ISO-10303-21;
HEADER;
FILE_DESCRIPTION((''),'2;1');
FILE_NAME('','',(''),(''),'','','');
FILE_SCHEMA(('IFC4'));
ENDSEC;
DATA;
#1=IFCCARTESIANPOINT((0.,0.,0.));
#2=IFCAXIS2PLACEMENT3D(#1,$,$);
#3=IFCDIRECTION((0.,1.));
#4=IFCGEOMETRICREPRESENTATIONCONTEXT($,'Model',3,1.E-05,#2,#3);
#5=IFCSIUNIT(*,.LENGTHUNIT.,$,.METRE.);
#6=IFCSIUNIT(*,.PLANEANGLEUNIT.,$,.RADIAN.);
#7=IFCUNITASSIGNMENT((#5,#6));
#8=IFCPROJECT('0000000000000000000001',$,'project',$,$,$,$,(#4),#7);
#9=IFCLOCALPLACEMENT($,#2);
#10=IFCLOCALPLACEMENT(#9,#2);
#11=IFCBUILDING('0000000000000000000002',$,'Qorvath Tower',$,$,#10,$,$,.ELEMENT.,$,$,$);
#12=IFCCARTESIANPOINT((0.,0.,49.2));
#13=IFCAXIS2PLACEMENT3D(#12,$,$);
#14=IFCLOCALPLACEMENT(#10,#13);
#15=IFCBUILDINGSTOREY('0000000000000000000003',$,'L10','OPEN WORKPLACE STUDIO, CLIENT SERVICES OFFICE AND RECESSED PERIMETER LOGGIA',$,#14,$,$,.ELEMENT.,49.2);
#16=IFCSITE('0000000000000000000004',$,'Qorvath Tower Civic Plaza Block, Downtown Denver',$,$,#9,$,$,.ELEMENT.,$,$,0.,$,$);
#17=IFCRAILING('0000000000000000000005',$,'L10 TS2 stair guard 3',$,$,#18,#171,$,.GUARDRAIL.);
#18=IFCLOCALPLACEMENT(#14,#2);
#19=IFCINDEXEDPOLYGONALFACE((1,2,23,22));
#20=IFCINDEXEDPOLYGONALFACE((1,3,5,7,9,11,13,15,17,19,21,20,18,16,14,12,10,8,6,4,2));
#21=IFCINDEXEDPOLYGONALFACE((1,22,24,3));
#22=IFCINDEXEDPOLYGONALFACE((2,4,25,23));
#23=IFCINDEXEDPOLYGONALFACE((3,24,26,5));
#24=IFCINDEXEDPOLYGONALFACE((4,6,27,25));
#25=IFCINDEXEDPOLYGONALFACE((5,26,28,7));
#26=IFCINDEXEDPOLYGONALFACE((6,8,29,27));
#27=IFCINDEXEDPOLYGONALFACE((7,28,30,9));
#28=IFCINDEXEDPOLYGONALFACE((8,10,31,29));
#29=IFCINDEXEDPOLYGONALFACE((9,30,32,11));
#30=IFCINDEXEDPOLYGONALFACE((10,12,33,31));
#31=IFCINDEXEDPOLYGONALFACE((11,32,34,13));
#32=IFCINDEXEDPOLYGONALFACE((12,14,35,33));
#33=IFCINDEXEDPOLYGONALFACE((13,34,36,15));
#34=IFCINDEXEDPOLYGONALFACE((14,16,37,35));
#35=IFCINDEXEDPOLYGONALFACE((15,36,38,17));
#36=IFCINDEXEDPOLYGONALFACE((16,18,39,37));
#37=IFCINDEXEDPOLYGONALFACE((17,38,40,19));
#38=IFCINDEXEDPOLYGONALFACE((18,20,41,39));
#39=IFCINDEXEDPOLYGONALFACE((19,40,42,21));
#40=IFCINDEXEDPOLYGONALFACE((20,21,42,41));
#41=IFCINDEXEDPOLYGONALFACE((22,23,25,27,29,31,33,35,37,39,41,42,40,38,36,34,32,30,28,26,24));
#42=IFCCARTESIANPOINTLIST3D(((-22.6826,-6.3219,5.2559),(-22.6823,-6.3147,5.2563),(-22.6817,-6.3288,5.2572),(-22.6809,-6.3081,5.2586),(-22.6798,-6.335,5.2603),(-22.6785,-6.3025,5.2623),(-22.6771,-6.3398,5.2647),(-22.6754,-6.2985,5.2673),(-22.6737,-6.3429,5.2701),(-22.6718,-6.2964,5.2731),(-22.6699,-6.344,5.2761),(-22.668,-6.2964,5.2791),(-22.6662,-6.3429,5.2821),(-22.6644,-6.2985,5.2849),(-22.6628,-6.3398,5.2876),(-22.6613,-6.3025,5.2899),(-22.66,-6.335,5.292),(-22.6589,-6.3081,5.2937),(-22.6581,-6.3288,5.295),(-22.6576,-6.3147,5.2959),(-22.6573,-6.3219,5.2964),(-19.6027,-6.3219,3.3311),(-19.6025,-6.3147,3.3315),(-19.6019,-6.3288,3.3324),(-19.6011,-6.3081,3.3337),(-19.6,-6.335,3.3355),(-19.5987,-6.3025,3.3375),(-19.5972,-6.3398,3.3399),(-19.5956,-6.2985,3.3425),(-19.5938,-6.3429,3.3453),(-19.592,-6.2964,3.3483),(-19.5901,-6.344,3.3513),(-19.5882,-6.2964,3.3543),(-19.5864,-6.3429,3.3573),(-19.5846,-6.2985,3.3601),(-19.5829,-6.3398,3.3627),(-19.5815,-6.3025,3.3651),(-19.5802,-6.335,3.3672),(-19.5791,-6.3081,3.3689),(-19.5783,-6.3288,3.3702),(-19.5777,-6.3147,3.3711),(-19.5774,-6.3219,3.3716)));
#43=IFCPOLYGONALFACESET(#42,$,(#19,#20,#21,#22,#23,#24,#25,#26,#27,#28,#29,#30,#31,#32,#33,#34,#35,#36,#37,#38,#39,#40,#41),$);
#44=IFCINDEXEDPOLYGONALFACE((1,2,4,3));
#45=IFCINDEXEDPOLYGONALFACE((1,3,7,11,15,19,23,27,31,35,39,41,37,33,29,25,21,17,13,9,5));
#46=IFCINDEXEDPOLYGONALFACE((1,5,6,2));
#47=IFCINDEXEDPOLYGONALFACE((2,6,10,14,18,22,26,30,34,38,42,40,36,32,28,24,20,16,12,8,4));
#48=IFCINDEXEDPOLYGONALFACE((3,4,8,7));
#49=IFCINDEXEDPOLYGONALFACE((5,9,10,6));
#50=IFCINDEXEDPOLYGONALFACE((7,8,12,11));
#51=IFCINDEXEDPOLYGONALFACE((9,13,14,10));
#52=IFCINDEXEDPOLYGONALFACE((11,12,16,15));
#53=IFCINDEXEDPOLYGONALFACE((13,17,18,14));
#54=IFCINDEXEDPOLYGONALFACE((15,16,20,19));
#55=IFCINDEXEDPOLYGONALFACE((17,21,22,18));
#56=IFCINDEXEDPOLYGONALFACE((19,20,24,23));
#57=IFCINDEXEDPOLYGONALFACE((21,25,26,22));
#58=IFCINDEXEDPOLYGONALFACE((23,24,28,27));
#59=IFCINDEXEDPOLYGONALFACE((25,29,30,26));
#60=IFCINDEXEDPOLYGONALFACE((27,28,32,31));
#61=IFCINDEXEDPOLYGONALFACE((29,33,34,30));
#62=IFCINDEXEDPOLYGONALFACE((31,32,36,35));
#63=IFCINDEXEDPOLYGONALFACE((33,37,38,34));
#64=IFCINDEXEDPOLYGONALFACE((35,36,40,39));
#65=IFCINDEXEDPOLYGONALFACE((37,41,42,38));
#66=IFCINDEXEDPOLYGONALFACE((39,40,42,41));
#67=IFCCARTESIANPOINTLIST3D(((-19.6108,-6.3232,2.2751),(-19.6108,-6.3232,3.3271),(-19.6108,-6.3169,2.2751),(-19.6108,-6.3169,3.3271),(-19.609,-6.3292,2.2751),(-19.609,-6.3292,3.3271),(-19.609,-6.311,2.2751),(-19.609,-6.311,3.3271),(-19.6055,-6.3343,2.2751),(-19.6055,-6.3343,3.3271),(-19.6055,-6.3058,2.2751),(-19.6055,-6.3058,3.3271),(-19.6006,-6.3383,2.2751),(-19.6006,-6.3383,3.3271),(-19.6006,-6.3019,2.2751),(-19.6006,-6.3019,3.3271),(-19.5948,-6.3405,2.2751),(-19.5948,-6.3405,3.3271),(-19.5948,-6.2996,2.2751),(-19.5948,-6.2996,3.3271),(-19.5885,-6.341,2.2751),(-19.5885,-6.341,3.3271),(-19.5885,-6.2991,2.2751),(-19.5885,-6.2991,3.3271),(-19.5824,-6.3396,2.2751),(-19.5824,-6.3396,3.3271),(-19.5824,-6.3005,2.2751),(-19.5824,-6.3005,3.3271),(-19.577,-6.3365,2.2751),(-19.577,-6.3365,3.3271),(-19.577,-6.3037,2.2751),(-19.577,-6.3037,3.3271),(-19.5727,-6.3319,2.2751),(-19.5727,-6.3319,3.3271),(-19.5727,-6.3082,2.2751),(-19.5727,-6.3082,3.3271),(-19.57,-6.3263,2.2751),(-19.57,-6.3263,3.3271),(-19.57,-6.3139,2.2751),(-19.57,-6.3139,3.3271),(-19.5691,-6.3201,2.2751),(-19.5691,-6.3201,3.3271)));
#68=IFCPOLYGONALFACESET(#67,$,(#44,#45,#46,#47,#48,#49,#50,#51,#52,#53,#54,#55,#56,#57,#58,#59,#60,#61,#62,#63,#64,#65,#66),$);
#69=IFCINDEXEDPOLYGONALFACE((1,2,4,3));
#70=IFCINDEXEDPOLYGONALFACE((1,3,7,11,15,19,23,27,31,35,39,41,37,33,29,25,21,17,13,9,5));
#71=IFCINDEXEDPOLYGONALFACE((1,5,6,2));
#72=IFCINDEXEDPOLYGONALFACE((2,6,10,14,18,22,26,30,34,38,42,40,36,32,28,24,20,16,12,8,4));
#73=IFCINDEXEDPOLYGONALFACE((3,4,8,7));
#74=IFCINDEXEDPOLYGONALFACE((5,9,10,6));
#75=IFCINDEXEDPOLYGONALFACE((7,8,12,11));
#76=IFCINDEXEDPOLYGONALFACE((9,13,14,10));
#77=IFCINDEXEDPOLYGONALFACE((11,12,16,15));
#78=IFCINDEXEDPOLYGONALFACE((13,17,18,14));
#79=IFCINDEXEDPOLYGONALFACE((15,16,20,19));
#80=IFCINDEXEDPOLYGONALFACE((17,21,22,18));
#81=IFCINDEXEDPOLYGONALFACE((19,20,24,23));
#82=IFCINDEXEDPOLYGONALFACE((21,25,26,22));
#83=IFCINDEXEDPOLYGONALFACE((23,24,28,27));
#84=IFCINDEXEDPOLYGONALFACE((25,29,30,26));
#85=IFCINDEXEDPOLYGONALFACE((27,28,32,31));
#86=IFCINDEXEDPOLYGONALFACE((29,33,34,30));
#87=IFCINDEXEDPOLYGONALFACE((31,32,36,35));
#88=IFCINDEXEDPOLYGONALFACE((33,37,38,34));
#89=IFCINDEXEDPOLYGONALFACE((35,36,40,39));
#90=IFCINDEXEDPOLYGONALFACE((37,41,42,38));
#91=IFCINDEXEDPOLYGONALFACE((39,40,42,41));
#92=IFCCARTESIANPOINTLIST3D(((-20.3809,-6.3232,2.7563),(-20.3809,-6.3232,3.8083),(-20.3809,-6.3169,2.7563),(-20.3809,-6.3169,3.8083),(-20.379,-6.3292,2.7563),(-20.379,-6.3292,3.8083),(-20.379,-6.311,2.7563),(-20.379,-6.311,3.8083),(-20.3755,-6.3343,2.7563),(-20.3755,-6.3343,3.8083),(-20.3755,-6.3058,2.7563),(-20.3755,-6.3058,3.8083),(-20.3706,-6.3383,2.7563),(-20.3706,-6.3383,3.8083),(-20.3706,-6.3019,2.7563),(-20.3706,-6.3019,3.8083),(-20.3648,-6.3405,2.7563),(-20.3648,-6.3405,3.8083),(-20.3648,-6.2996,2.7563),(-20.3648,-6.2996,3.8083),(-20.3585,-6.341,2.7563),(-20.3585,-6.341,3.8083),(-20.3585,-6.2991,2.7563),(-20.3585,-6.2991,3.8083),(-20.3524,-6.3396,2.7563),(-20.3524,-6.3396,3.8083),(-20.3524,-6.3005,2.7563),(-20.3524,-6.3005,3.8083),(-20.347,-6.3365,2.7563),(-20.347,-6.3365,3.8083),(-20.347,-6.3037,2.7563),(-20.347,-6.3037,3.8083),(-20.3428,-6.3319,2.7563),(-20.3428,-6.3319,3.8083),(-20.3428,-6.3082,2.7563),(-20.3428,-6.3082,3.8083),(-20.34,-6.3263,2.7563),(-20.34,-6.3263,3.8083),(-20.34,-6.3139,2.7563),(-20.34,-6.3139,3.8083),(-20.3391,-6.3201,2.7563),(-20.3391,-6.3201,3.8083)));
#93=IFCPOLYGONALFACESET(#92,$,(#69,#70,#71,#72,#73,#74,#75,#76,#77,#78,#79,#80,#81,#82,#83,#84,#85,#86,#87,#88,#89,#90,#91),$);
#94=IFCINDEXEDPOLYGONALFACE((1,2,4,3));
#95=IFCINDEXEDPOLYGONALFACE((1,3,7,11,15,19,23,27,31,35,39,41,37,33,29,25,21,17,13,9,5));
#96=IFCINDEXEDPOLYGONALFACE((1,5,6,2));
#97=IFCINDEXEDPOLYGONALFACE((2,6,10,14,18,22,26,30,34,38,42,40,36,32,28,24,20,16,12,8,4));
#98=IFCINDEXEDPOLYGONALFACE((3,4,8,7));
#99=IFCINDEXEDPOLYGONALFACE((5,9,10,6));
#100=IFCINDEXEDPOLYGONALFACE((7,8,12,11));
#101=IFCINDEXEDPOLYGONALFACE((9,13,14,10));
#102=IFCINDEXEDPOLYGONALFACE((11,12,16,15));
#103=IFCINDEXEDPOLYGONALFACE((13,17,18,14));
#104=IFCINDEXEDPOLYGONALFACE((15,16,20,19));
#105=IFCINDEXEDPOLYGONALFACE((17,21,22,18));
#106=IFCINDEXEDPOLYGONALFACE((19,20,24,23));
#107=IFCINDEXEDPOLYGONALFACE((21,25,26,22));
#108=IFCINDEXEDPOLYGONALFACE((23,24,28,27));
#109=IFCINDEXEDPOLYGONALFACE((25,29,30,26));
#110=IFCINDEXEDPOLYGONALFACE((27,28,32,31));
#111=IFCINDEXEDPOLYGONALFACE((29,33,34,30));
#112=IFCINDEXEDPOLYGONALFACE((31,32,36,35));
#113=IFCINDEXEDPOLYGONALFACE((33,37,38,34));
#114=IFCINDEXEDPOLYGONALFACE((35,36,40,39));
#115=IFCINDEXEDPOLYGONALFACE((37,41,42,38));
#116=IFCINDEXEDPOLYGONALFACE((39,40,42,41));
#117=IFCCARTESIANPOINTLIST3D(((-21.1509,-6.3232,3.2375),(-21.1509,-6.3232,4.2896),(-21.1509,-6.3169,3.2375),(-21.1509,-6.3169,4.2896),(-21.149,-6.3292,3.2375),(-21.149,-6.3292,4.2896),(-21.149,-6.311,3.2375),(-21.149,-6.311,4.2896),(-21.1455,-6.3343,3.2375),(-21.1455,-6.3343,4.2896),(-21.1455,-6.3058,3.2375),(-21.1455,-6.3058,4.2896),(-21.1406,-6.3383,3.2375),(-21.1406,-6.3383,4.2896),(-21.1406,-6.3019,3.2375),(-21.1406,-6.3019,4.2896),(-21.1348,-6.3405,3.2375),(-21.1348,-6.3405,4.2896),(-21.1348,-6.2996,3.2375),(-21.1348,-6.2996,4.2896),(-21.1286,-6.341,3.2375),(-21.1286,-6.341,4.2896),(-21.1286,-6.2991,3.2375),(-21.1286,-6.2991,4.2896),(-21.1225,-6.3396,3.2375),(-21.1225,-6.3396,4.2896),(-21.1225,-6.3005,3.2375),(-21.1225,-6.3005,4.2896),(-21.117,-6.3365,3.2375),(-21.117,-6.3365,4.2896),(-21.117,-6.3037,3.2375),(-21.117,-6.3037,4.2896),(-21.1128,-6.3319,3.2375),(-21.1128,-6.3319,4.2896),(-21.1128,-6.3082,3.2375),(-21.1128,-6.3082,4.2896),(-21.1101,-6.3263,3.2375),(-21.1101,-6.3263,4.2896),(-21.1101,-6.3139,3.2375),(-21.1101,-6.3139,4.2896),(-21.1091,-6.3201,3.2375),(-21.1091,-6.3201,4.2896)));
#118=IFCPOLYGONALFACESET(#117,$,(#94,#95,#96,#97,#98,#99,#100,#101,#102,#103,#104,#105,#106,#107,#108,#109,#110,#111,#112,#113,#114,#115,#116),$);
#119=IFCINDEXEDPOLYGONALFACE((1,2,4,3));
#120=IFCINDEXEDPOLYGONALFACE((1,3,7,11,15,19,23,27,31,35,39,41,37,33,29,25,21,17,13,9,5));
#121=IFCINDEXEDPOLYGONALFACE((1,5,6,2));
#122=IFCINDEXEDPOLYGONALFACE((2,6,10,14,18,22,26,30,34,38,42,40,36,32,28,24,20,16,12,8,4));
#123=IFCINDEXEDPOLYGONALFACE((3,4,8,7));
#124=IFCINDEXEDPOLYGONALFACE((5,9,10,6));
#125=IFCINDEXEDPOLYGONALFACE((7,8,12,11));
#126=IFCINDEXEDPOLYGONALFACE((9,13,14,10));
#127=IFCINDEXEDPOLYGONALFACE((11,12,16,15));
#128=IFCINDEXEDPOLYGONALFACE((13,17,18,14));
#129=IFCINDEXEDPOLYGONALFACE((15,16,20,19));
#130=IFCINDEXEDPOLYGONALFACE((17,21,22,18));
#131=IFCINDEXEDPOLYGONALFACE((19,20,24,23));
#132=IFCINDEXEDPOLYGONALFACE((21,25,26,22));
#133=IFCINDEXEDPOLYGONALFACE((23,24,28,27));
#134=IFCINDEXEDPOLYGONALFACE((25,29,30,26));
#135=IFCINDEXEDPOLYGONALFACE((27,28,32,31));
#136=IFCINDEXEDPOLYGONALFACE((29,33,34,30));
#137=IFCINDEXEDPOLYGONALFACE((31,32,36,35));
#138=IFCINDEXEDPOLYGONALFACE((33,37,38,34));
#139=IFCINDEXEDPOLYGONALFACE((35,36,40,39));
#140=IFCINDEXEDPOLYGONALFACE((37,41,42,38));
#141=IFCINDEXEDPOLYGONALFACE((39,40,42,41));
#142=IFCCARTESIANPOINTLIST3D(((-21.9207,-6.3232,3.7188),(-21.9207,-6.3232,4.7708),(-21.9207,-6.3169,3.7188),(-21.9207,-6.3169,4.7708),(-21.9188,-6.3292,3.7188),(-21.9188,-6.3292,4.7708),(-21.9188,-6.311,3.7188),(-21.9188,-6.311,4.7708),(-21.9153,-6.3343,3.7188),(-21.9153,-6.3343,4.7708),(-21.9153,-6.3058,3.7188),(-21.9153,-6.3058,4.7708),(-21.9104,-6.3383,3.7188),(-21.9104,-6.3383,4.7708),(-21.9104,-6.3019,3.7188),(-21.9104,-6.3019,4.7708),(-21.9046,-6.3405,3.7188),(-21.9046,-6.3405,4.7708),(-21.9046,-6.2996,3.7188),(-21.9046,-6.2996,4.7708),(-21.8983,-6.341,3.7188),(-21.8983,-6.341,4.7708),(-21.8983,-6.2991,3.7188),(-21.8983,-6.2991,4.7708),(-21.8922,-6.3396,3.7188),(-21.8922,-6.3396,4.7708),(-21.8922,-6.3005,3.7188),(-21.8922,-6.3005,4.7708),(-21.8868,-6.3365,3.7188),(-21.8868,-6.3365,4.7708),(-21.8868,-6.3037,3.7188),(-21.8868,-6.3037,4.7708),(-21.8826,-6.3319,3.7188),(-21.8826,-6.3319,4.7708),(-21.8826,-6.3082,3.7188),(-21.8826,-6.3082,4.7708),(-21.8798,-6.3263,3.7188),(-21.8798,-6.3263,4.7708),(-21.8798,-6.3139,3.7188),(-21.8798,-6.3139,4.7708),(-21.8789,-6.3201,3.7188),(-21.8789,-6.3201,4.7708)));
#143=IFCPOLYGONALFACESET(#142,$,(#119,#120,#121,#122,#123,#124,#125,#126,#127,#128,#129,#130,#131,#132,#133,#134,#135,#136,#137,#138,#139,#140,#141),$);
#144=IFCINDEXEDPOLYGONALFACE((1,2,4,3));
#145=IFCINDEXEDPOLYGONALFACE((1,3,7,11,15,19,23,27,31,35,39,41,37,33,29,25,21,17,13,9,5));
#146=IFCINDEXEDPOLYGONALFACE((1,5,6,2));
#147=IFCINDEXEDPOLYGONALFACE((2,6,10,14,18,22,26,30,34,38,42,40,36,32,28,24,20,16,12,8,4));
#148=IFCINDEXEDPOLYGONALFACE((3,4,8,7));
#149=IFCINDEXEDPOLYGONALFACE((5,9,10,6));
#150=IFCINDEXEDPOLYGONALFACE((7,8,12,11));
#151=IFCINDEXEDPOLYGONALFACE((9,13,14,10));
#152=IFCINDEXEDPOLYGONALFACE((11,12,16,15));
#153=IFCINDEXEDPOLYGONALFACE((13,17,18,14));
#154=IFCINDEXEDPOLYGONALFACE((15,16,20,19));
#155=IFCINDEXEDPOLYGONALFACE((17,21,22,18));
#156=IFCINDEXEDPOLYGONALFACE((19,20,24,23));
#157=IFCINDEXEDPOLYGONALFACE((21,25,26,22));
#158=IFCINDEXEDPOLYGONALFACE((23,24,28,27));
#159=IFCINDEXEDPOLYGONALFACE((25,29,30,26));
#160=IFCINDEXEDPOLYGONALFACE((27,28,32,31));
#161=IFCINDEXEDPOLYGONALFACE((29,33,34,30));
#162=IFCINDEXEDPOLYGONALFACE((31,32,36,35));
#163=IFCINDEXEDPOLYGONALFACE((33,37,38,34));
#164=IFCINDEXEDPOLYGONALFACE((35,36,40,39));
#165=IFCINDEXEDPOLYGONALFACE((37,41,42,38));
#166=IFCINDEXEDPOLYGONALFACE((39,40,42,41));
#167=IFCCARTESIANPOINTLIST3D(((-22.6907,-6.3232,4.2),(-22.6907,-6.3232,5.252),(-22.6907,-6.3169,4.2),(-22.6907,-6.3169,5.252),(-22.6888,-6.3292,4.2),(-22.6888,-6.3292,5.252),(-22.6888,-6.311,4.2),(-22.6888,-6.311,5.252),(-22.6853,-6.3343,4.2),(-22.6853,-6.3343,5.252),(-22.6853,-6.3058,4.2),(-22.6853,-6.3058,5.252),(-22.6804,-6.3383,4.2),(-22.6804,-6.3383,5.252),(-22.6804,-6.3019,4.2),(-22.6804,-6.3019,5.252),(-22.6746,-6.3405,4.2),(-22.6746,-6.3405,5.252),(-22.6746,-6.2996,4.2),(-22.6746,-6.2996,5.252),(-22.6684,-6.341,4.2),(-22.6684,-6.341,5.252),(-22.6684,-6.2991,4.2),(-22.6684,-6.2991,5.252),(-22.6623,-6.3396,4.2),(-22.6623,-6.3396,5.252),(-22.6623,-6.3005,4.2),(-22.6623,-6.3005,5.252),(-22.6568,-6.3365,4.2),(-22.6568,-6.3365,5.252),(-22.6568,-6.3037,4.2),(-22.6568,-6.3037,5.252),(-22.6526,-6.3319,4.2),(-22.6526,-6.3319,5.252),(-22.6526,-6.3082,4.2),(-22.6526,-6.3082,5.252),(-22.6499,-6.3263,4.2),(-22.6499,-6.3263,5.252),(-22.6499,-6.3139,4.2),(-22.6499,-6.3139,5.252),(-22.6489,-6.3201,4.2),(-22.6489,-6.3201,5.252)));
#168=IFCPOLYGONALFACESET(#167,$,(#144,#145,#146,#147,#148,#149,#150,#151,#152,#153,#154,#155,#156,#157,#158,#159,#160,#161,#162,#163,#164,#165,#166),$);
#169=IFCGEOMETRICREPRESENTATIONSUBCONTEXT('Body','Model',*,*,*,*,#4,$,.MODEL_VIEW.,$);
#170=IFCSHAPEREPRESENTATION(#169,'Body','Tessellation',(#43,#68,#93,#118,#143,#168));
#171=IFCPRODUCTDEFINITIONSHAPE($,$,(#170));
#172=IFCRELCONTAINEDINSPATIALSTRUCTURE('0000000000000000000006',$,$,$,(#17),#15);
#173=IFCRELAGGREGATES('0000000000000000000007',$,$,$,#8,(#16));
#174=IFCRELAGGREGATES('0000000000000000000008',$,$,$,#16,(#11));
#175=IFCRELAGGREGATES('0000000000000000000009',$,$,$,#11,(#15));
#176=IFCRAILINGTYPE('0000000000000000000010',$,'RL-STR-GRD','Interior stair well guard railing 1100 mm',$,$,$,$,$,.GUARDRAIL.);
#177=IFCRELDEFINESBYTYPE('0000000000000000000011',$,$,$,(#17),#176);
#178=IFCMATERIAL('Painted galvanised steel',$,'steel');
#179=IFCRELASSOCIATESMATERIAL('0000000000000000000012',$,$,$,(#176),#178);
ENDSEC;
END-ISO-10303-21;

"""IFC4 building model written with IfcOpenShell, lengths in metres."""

from ifc_helpers import new_model, si_unit, direction, frame, origin, origin_2d, place, context, subcontext, project, spatial, circle, extrude, material, type_object, element, save


model = new_model("IFC4")

# Units and contexts
model_context = context("Model", 3, precision=1e-05, world=origin(), true_north=direction((0.0, 1.0)))
body_context = subcontext(model_context, "Body", "Model", "MODEL_VIEW")
ifc_project = project(units=[si_unit("LENGTHUNIT", "METRE"), si_unit("PLANEANGLEUNIT", "RADIAN")], contexts=[model_context])

# Site, building, storey
site_placement = place(None, origin())
site = spatial("IfcSite", under=ifc_project, at=site_placement, Name="Qorvath Tower Civic Plaza Block, Downtown Denver", CompositionType="ELEMENT", RefElevation=0.0)
building_placement = place(site_placement, origin())
building = spatial("IfcBuilding", under=site, at=building_placement, Name="Qorvath Tower", CompositionType="ELEMENT")
storey_placement = place(building_placement, frame((0.0, 0.0, 49.2)))
storey = spatial("IfcBuildingStorey", under=building, at=storey_placement, Name="L10", Description="OPEN WORKPLACE STUDIO, CLIENT SERVICES OFFICE AND RECESSED PERIMETER LOGGIA", CompositionType="ELEMENT", Elevation=49.2)

# Railing
ifc_material_1 = material(Name="Painted galvanised steel", Category="steel")
railing_type_1 = type_object("IfcRailingType", Name="RL-STR-GRD", Description="Interior stair well guard railing 1100 mm", PredefinedType="GUARDRAIL", material=ifc_material_1)
railing_1_placement = place(storey_placement, frame((-19.5901, -6.3201, 2.2751)))
element("IfcRailing", 1, at=railing_1_placement, inside=storey, type_object=railing_type_1, Name="L10 TS2 stair guard 3", PredefinedType="GUARDRAIL", context=body_context, shape_type="SweptSolid", body=[
    extrude(circle(Radius=0.0239, at=origin_2d()), frame((0.0, 0.0, 1.0762), z_axis=(-0.84801, 0.0, 0.529981), x_axis=(0.0, -1.0, 0.0)), (0.0, 0.0, 1.0), 3.6318),
    extrude(circle(Radius=0.021, at=origin_2d()), origin(), (0.0, 0.0, 1.0), 1.052),
    extrude(circle(Radius=0.021, at=origin_2d()), frame((-0.77, 0.0, 0.4812)), (0.0, 0.0, 1.0), 1.052),
    extrude(circle(Radius=0.021, at=origin_2d()), frame((-1.54, 0.0, 0.9624)), (0.0, 0.0, 1.0), 1.052),
    extrude(circle(Radius=0.021, at=origin_2d()), frame((-2.3098, 0.0, 1.4436)), (0.0, 0.0, 1.0), 1.052),
    extrude(circle(Radius=0.021, at=origin_2d()), frame((-3.0798, 0.0, 1.9248)), (0.0, 0.0, 1.0), 1.052),
])

save(model, "model.ifc")
